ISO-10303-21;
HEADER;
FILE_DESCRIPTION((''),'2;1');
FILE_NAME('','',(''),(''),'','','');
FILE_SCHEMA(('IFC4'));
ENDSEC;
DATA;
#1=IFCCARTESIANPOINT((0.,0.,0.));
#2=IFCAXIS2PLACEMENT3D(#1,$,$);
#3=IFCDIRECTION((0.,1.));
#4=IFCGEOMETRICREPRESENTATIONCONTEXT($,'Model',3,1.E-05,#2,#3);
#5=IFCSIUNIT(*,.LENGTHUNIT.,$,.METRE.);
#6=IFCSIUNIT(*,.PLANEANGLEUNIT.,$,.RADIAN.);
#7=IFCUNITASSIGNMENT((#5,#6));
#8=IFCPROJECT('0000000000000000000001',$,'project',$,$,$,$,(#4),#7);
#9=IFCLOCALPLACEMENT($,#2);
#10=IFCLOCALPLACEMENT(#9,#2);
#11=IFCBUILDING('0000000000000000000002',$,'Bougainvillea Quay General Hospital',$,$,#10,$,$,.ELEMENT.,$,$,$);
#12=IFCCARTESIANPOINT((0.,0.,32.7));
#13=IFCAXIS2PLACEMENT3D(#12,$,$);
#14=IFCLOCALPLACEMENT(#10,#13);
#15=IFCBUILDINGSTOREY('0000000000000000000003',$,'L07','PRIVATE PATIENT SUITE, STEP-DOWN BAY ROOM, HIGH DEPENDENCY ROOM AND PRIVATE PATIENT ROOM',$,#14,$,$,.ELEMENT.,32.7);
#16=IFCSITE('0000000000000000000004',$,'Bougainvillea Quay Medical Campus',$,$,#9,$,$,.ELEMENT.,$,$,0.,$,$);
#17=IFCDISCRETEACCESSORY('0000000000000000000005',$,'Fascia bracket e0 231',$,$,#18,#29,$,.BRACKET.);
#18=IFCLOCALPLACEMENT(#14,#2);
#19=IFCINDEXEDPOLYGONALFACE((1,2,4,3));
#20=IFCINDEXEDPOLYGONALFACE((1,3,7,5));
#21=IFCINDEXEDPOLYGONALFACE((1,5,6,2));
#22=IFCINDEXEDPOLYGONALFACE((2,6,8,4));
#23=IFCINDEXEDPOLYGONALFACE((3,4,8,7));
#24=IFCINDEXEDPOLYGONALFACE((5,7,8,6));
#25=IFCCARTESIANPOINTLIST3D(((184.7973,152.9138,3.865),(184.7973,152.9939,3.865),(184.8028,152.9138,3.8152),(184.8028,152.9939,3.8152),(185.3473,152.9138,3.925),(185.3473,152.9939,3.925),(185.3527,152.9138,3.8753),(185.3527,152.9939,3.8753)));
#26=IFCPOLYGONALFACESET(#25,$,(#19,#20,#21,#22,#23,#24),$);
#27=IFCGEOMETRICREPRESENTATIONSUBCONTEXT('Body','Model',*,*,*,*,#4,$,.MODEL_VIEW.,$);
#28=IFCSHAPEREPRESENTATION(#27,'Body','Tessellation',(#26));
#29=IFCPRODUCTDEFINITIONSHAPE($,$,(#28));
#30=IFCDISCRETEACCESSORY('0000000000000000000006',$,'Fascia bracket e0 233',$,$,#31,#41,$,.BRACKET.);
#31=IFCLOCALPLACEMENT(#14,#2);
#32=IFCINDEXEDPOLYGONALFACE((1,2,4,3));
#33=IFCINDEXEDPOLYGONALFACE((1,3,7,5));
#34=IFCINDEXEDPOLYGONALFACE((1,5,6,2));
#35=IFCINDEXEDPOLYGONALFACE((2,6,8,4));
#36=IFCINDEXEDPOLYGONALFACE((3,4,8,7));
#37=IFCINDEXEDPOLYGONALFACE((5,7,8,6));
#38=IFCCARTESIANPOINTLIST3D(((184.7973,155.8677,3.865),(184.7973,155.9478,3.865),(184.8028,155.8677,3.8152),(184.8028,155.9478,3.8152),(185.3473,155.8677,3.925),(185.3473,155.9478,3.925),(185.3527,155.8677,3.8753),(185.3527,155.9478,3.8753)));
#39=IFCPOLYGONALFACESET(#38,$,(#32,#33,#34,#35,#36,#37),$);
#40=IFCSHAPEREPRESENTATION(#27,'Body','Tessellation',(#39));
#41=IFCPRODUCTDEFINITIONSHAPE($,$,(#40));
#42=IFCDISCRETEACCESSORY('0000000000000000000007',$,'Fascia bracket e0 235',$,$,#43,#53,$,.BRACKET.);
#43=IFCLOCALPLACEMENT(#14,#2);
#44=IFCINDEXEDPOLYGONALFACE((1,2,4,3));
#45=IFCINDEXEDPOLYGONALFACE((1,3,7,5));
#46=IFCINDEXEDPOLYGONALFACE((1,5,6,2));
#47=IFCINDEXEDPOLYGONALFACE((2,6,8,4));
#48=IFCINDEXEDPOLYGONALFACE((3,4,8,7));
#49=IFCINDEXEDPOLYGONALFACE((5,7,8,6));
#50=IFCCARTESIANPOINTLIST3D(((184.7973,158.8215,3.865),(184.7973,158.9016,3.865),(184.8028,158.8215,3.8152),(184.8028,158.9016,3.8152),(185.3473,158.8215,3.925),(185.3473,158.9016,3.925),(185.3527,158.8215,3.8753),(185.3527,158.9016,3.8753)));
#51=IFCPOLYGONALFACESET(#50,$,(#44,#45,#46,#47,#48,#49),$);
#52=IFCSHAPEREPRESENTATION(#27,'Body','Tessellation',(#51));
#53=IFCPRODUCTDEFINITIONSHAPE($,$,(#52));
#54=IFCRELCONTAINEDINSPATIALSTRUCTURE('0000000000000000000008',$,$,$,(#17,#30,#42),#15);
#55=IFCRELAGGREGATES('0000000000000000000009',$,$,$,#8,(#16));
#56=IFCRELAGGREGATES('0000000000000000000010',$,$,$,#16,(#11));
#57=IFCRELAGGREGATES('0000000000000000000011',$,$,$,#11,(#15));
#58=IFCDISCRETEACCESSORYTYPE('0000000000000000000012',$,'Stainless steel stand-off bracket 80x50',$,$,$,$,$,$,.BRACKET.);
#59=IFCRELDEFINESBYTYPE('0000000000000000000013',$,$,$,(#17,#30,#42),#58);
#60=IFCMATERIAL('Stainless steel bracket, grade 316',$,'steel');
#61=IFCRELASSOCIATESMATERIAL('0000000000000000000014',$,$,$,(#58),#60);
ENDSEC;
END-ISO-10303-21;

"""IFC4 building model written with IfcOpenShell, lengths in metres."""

from ifc_helpers import new_model, si_unit, direction, frame, origin, origin_2d, place, context, subcontext, project, spatial, rectangle, extrude, material, material_profile, profile_set, type_object, element, save


model = new_model("IFC4")

# Units and contexts
model_context = context("Model", 3, precision=1e-05, world=origin(), true_north=direction((0.0, 1.0)))
body_context = subcontext(model_context, "Body", "Model", "MODEL_VIEW")
ifc_project = project(units=[si_unit("LENGTHUNIT", "METRE"), si_unit("PLANEANGLEUNIT", "RADIAN")], contexts=[model_context])

# Site, building, storey
site_placement = place(None, origin())
site = spatial("IfcSite", under=ifc_project, at=site_placement, Name="Bougainvillea Quay Medical Campus", CompositionType="ELEMENT", RefElevation=0.0)
building_placement = place(site_placement, origin())
building = spatial("IfcBuilding", under=site, at=building_placement, Name="Bougainvillea Quay General Hospital", CompositionType="ELEMENT")
storey_placement = place(building_placement, frame((0.0, 0.0, 32.7)))
storey = spatial("IfcBuildingStorey", under=building, at=storey_placement, Name="L07", Description="PRIVATE PATIENT SUITE, STEP-DOWN BAY ROOM, HIGH DEPENDENCY ROOM AND PRIVATE PATIENT ROOM", CompositionType="ELEMENT", Elevation=32.7)

# Discrete accessories
ifc_material_1 = material(Name="Stainless steel bracket, grade 316", Category="steel")
ifc_material_profile_1 = material_profile(ifc_material_1, rectangle(XDim=0.0801, YDim=0.05, at=origin_2d()))
ifc_profile_set_1 = profile_set([ifc_material_profile_1], Name="Stainless steel bracket, grade 316")
discrete_accessory_type = type_object("IfcDiscreteAccessoryType", Name="Stainless steel stand-off bracket 80x50", PredefinedType="BRACKET", material=ifc_profile_set_1)
for number, where, z_axis, x_axis, name in (
    (1, (184.8, 152.9539, 3.8401), (0.994092, 0.0, 0.108543), (0.0, 1.0, 0.0), "Fascia bracket e0 231"),
    (2, (184.8, 155.9077, 3.8401), (0.994092, 0.0, 0.108543), (0.0, 1.0, 0.0), "Fascia bracket e0 233"),
    (3, (184.8, 158.8616, 3.8401), (0.994092, 0.0, 0.108543), (0.0, 1.0, 0.0), "Fascia bracket e0 235"),
):
    element("IfcDiscreteAccessory", number, at=place(storey_placement, frame(where, z_axis=z_axis, x_axis=x_axis)), inside=storey, type_object=discrete_accessory_type, Name=name, PredefinedType="BRACKET", context=body_context, shape_type="SweptSolid", body=[
        extrude(rectangle(XDim=0.0801, YDim=0.05, at=origin_2d()), origin(), (0.0, 0.0, 1.0), 0.5532),
    ])

save(model, "model.ifc")
